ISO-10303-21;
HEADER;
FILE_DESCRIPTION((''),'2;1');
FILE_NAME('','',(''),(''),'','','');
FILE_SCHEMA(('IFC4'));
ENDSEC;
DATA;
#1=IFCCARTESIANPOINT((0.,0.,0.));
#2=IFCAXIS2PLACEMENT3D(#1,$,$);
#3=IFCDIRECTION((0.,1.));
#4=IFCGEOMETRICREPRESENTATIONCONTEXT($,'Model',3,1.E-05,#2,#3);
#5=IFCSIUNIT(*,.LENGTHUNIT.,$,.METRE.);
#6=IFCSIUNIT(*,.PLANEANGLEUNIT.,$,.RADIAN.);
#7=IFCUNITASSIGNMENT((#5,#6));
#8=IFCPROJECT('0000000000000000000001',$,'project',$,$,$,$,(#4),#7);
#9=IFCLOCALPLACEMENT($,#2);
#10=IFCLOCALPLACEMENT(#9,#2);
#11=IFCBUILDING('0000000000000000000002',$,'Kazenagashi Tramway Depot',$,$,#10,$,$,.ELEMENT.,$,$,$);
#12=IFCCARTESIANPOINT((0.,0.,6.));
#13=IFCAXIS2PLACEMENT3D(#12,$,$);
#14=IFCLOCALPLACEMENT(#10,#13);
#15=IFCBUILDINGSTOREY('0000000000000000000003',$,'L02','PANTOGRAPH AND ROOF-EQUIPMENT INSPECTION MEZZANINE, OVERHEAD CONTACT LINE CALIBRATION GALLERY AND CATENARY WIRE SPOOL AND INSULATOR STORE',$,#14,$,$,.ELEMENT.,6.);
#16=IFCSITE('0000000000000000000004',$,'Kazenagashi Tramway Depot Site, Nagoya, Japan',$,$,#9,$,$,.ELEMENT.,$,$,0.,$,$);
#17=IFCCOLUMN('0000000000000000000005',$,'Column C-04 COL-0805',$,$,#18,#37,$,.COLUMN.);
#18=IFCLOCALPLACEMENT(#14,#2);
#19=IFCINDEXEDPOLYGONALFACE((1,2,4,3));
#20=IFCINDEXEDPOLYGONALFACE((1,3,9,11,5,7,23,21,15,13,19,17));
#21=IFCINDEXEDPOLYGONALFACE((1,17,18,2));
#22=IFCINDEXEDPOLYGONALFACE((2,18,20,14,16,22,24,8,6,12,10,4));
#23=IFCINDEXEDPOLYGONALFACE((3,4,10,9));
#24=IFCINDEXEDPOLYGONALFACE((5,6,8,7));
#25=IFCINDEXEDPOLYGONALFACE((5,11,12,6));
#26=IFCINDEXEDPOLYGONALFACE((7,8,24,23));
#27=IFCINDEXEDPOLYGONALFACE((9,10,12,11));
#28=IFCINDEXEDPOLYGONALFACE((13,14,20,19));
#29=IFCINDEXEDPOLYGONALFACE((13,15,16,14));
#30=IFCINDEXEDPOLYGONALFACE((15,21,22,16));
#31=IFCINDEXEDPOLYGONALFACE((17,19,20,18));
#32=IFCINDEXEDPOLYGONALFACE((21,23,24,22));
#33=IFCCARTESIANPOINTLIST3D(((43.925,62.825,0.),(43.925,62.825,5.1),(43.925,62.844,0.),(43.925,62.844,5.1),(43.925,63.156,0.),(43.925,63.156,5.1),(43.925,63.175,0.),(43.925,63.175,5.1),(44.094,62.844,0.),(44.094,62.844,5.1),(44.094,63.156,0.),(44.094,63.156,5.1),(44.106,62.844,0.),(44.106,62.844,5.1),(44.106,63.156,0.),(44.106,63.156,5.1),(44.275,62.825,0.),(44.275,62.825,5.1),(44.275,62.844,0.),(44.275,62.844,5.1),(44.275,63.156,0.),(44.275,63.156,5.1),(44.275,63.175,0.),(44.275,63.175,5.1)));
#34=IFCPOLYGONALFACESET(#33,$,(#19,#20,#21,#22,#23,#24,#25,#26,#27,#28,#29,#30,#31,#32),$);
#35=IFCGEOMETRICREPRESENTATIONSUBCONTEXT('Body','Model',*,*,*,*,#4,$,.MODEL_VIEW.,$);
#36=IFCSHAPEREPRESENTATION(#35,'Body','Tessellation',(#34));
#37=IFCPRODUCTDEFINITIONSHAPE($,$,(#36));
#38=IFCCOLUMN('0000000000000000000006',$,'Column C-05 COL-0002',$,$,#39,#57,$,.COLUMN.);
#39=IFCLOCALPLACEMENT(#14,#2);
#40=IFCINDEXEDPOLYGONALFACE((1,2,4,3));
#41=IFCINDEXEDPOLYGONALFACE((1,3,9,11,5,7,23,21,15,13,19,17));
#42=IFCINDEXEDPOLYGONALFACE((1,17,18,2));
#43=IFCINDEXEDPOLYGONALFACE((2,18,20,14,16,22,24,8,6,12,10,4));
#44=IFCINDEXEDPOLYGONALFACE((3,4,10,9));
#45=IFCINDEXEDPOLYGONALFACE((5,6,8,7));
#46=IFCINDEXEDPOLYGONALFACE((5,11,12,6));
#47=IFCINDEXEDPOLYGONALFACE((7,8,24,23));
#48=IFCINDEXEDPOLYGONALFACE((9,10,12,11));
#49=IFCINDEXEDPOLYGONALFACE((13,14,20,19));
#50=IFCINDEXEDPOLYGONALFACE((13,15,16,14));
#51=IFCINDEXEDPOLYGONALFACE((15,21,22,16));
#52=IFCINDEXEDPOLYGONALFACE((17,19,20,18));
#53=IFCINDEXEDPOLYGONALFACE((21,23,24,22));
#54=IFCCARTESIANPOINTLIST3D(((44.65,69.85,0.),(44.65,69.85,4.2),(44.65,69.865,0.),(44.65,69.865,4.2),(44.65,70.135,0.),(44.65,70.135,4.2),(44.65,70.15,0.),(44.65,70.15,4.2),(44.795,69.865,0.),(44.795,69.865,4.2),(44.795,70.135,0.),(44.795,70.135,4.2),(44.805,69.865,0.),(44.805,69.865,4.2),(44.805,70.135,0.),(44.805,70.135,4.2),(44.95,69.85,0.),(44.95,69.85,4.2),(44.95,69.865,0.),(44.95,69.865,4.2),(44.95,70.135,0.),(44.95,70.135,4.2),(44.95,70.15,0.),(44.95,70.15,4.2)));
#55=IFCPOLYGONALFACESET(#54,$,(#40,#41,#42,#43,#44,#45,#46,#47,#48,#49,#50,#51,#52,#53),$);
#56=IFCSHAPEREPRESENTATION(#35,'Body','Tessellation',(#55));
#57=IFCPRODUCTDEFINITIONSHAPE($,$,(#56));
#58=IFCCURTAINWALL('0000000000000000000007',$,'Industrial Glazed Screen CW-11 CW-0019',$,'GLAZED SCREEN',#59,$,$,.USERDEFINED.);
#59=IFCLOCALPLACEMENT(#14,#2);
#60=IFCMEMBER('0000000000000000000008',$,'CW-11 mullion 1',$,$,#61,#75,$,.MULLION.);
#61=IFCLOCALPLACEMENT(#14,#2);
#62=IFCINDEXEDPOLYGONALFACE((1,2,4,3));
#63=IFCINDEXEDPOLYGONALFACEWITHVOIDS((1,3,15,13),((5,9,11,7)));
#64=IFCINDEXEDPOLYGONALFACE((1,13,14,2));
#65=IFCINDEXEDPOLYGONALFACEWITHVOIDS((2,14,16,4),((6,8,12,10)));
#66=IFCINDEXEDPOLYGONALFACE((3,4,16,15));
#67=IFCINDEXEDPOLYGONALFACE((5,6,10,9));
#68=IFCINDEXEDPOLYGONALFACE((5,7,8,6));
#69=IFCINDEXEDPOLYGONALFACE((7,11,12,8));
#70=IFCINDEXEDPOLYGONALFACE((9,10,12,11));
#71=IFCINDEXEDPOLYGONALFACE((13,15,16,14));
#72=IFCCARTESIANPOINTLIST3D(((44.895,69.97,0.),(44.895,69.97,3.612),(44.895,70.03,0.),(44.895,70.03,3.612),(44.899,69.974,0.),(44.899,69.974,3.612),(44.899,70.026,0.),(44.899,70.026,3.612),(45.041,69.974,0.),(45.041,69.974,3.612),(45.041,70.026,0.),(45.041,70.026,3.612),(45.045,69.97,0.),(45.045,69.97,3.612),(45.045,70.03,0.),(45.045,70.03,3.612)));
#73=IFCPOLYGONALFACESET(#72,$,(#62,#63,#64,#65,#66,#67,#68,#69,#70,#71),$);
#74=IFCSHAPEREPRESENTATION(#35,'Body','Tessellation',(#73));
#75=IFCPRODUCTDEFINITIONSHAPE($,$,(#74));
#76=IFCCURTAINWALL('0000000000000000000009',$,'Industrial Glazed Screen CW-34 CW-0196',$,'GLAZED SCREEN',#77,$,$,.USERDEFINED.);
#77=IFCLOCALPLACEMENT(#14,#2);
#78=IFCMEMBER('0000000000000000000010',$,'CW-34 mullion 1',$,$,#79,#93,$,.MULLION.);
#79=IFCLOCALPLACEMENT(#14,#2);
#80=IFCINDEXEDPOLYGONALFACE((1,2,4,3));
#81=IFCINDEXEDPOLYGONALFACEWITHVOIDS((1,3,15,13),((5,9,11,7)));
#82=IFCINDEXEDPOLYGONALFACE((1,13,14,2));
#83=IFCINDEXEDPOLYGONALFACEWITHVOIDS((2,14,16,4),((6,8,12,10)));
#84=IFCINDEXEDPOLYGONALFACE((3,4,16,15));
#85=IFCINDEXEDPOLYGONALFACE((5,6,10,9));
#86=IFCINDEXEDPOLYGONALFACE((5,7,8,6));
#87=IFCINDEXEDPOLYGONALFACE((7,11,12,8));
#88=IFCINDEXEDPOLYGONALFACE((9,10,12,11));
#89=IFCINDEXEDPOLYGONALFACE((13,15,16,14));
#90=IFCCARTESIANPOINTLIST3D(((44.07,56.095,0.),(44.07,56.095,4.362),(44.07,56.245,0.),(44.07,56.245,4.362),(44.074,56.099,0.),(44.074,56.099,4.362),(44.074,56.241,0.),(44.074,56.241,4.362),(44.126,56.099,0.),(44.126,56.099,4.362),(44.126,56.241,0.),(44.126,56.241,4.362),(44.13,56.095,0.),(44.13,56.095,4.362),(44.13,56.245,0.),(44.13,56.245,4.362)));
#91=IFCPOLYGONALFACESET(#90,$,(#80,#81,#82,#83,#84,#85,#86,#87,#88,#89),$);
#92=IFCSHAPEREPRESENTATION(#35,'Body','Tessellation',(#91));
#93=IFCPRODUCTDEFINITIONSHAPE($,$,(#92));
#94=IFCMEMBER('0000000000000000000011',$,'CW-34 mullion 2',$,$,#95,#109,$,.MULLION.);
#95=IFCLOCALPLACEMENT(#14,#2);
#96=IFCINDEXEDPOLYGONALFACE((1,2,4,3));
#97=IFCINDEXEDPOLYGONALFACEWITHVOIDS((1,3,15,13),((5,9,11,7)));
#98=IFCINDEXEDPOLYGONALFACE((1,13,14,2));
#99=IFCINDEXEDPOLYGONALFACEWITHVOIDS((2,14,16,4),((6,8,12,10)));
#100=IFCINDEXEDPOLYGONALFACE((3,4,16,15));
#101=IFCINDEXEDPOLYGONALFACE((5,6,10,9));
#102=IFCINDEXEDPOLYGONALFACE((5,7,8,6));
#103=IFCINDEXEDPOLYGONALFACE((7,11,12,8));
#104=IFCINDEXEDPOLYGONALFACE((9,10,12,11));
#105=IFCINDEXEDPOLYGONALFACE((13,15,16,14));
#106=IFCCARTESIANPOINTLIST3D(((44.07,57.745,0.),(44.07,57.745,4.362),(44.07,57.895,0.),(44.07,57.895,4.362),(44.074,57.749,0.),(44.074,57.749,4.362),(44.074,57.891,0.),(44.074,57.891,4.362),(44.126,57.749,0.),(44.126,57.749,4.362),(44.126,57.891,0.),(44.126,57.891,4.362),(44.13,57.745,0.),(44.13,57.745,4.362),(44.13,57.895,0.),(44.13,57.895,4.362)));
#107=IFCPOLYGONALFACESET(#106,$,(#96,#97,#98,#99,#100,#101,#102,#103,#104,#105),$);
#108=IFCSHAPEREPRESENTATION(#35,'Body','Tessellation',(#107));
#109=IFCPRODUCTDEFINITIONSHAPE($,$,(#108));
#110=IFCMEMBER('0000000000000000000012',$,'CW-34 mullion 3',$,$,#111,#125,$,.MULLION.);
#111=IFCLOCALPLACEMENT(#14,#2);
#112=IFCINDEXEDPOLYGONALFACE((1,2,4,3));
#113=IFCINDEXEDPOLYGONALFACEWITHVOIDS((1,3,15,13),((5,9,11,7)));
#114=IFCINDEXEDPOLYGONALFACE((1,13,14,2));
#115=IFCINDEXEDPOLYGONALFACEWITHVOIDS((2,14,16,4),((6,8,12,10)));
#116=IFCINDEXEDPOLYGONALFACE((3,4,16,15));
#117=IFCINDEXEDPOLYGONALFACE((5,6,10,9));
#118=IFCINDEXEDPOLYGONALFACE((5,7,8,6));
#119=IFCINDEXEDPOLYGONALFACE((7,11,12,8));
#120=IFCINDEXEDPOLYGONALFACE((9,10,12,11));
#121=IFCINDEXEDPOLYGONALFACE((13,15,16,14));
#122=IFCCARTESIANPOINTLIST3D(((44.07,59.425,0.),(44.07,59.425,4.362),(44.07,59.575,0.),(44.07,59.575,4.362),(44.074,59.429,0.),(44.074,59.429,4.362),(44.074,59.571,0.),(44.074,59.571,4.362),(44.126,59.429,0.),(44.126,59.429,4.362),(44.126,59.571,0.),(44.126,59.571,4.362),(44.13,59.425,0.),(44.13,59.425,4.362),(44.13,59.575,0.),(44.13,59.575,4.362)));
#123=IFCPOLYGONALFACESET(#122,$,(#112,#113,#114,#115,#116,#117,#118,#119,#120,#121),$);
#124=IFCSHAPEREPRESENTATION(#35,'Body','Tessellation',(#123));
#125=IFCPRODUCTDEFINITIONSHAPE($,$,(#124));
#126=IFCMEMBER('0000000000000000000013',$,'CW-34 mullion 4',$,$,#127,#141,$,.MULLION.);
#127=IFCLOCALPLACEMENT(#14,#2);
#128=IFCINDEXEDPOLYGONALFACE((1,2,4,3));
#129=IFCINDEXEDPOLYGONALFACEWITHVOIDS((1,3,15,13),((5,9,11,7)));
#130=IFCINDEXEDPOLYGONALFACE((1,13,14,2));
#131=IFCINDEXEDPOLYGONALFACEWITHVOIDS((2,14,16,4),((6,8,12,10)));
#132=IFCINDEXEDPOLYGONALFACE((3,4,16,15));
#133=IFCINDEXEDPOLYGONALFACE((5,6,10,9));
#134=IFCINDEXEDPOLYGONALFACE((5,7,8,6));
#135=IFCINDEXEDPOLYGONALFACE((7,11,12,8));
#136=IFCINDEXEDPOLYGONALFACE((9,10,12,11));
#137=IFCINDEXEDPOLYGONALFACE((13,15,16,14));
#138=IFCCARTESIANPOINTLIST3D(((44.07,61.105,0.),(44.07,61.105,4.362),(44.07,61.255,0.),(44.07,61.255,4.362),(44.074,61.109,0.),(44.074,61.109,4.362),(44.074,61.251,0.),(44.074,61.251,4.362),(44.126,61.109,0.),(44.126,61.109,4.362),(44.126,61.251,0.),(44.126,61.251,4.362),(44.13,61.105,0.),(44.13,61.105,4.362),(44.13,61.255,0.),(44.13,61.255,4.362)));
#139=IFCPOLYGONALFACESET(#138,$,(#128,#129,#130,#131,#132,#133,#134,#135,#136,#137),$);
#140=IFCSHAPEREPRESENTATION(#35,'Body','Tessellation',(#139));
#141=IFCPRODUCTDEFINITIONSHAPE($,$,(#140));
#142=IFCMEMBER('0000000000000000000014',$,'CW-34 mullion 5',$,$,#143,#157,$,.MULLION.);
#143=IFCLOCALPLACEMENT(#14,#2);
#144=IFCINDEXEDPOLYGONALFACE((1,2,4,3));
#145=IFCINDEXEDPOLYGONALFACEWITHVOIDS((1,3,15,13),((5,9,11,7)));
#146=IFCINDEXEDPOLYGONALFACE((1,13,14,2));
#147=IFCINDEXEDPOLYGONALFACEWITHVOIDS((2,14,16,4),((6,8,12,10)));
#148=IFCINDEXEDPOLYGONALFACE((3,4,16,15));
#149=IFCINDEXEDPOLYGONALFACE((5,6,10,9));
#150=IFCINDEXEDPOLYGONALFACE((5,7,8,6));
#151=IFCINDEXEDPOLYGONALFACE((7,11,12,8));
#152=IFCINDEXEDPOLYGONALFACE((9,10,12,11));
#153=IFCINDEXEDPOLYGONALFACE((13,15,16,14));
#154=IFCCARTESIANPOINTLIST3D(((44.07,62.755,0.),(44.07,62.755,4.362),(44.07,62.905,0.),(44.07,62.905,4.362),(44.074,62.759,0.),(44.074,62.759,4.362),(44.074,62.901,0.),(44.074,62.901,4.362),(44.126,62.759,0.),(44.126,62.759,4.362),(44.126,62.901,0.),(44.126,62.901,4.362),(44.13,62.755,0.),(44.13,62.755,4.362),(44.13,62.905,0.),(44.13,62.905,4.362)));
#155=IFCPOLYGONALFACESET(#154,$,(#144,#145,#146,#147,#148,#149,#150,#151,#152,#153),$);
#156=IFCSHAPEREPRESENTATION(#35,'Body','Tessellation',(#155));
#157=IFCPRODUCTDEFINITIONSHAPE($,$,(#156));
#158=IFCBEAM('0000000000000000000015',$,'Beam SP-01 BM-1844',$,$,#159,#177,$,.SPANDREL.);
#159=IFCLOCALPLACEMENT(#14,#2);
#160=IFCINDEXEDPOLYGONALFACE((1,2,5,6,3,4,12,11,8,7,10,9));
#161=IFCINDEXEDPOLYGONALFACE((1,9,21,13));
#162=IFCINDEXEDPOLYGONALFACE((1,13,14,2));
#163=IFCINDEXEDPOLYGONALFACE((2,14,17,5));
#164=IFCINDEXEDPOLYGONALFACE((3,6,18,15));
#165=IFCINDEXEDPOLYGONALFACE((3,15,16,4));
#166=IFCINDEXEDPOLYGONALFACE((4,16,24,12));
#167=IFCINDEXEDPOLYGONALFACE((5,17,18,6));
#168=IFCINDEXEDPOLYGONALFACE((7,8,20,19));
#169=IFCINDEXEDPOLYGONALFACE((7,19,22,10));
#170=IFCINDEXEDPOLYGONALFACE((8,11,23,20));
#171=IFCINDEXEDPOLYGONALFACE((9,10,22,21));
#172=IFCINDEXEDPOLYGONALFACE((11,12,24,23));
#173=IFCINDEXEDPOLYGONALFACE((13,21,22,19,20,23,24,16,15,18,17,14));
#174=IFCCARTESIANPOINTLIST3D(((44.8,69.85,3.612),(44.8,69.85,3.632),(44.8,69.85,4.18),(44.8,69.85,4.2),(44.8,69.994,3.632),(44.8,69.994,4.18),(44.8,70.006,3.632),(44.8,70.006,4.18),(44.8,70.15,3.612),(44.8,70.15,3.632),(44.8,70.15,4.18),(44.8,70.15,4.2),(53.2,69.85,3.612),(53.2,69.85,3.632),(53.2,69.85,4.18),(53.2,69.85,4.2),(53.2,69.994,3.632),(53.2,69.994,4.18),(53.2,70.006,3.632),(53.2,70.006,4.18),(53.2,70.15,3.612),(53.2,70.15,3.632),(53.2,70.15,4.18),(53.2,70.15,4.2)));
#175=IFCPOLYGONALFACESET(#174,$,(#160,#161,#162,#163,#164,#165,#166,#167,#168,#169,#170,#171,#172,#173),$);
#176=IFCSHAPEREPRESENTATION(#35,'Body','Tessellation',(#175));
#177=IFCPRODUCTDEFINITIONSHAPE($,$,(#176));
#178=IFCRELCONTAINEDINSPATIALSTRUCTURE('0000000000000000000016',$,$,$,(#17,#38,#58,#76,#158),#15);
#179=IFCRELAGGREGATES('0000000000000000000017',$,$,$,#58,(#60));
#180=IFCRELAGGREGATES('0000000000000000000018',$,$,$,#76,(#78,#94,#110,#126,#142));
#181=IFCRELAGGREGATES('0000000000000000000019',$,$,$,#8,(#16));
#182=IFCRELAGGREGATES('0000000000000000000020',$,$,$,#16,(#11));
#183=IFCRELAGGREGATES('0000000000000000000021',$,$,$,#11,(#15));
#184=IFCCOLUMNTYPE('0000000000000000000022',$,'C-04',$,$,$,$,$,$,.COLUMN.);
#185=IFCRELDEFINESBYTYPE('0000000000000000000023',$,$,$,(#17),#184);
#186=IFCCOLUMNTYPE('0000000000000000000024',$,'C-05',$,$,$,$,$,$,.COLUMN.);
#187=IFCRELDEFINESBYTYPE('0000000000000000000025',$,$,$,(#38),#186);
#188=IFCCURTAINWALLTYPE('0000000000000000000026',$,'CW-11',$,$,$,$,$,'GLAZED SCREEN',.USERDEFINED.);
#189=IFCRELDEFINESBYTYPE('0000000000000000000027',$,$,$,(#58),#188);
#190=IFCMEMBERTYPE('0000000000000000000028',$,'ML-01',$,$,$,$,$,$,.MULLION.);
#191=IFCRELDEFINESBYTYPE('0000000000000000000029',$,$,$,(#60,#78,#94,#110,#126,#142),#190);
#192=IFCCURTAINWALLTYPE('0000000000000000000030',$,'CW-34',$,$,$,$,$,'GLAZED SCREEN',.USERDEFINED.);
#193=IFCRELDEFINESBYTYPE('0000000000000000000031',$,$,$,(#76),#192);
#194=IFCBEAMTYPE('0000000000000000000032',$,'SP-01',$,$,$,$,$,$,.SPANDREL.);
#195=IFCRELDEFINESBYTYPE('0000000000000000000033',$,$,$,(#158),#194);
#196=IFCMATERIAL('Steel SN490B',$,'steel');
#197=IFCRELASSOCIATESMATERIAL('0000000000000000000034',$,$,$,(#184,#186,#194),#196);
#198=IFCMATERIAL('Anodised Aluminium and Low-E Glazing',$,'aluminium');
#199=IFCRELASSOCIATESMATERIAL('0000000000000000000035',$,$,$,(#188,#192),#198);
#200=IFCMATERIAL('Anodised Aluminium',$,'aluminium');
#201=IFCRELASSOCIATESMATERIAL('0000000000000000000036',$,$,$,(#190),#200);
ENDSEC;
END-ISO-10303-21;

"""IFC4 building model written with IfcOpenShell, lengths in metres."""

from ifc_helpers import new_model, si_unit, direction, frame, origin, origin_2d, place, context, subcontext, project, spatial, hollow_rectangle, i_section, extrude, material, material_profile, profile_set, type_object, element, aggregate, save


model = new_model("IFC4")

# Units and contexts
model_context = context("Model", 3, precision=1e-05, world=origin(), true_north=direction((0.0, 1.0)))
body_context = subcontext(model_context, "Body", "Model", "MODEL_VIEW")
ifc_project = project(units=[si_unit("LENGTHUNIT", "METRE"), si_unit("PLANEANGLEUNIT", "RADIAN")], contexts=[model_context])

# Site, building, storey
site_placement = place(None, origin())
site = spatial("IfcSite", under=ifc_project, at=site_placement, Name="Kazenagashi Tramway Depot Site, Nagoya, Japan", CompositionType="ELEMENT", RefElevation=0.0)
building_placement = place(site_placement, origin())
building = spatial("IfcBuilding", under=site, at=building_placement, Name="Kazenagashi Tramway Depot", CompositionType="ELEMENT")
storey_placement = place(building_placement, frame((0.0, 0.0, 6.0)))
storey = spatial("IfcBuildingStorey", under=building, at=storey_placement, Name="L02", Description="PANTOGRAPH AND ROOF-EQUIPMENT INSPECTION MEZZANINE, OVERHEAD CONTACT LINE CALIBRATION GALLERY AND CATENARY WIRE SPOOL AND INSULATOR STORE", CompositionType="ELEMENT", Elevation=6.0)

# Columns
ifc_material_1 = material(Name="Steel SN490B", Category="steel")
ifc_material_profile_1 = material_profile(ifc_material_1, i_section(OverallWidth=0.35, OverallDepth=0.35, WebThickness=0.012, FlangeThickness=0.019, at=origin_2d()), Name="H-350x350x12x19")
ifc_profile_set_1 = profile_set([ifc_material_profile_1], Name="Steel SN490B")
column_type_1 = type_object("IfcColumnType", Name="C-04", PredefinedType="COLUMN", material=ifc_profile_set_1)
column_1_placement = place(storey_placement, frame((44.1, 63.0, 0.0), z_axis=(0.0, 0.0, 1.0), x_axis=(1.0, 0.0, 0.0)))
element("IfcColumn", 1, at=column_1_placement, inside=storey, type_object=column_type_1, Name="Column C-04 COL-0805", PredefinedType="COLUMN", context=body_context, shape_type="SweptSolid", body=[
    extrude(i_section(OverallWidth=0.35, OverallDepth=0.35, WebThickness=0.012, FlangeThickness=0.019, at=origin_2d()), origin(), (0.0, 0.0, 1.0), 5.1),
])
ifc_material_profile_2 = material_profile(ifc_material_1, i_section(OverallWidth=0.3, OverallDepth=0.3, WebThickness=0.01, FlangeThickness=0.015, at=origin_2d()), Name="H-300x300x10x15")
ifc_profile_set_2 = profile_set([ifc_material_profile_2], Name="Steel SN490B")
column_type_2 = type_object("IfcColumnType", Name="C-05", PredefinedType="COLUMN", material=ifc_profile_set_2)
column_2_placement = place(storey_placement, frame((44.8, 70.0, 0.0), z_axis=(0.0, 0.0, 1.0), x_axis=(1.0, 0.0, 0.0)))
element("IfcColumn", 2, at=column_2_placement, inside=storey, type_object=column_type_2, Name="Column C-05 COL-0002", PredefinedType="COLUMN", context=body_context, shape_type="SweptSolid", body=[
    extrude(i_section(OverallWidth=0.3, OverallDepth=0.3, WebThickness=0.01, FlangeThickness=0.015, at=origin_2d()), origin(), (0.0, 0.0, 1.0), 4.2),
])

# Curtain wall, member
ifc_material_2 = material(Name="Anodised Aluminium and Low-E Glazing", Category="aluminium")
curtain_wall_type_1 = type_object("IfcCurtainWallType", Name="CW-11", ElementType="GLAZED SCREEN", PredefinedType="USERDEFINED", material=ifc_material_2)
curtain_wall_1_placement = place(storey_placement, origin())
curtain_wall_1 = element("IfcCurtainWall", 3, at=curtain_wall_1_placement, inside=storey, type_object=curtain_wall_type_1, Name="Industrial Glazed Screen CW-11 CW-0019", ObjectType="GLAZED SCREEN", PredefinedType="USERDEFINED")
ifc_material_3 = material(Name="Anodised Aluminium", Category="aluminium")
ifc_material_profile_3 = material_profile(ifc_material_3, hollow_rectangle(XDim=0.06, YDim=0.15, WallThickness=0.004, at=origin_2d()), Name="RHS-150x60x4")
ifc_profile_set_3 = profile_set([ifc_material_profile_3], Name="Anodised Aluminium")
member_type_1 = type_object("IfcMemberType", Name="ML-01", PredefinedType="MULLION", material=ifc_profile_set_3)
member_1_placement = place(storey_placement, frame((44.97, 70.0, 0.0), z_axis=(0.0, 0.0, 1.0), x_axis=(0.0, 1.0, 0.0)))
member_1 = element("IfcMember", 4, at=member_1_placement, type_object=member_type_1, Name="CW-11 mullion 1", PredefinedType="MULLION", context=body_context, shape_type="SweptSolid", body=[
    extrude(hollow_rectangle(XDim=0.06, YDim=0.15, WallThickness=0.004, at=origin_2d()), origin(), (0.0, 0.0, 1.0), 3.612),
])

# Curtain wall, members
curtain_wall_type_2 = type_object("IfcCurtainWallType", Name="CW-34", ElementType="GLAZED SCREEN", PredefinedType="USERDEFINED", material=ifc_material_2)
curtain_wall_2_placement = place(storey_placement, origin())
curtain_wall_2 = element("IfcCurtainWall", 5, at=curtain_wall_2_placement, inside=storey, type_object=curtain_wall_type_2, Name="Industrial Glazed Screen CW-34 CW-0196", ObjectType="GLAZED SCREEN", PredefinedType="USERDEFINED")
member_2_placement = place(storey_placement, frame((44.1, 56.17, 0.0), z_axis=(0.0, 0.0, 1.0), x_axis=(-1.0, 0.0, 0.0)))
member_2 = element("IfcMember", 6, at=member_2_placement, type_object=member_type_1, Name="CW-34 mullion 1", PredefinedType="MULLION", context=body_context, shape_type="SweptSolid", body=[
    extrude(hollow_rectangle(XDim=0.06, YDim=0.15, WallThickness=0.004, at=origin_2d()), origin(), (0.0, 0.0, 1.0), 4.362),
])
member_3_placement = place(storey_placement, frame((44.1, 57.82, 0.0), z_axis=(0.0, 0.0, 1.0), x_axis=(-1.0, 0.0, 0.0)))
member_3 = element("IfcMember", 7, at=member_3_placement, type_object=member_type_1, Name="CW-34 mullion 2", PredefinedType="MULLION", context=body_context, shape_type="SweptSolid", body=[
    extrude(hollow_rectangle(XDim=0.06, YDim=0.15, WallThickness=0.004, at=origin_2d()), origin(), (0.0, 0.0, 1.0), 4.362),
])
member_4_placement = place(storey_placement, frame((44.1, 59.5, 0.0), z_axis=(0.0, 0.0, 1.0), x_axis=(-1.0, 0.0, 0.0)))
member_4 = element("IfcMember", 8, at=member_4_placement, type_object=member_type_1, Name="CW-34 mullion 3", PredefinedType="MULLION", context=body_context, shape_type="SweptSolid", body=[
    extrude(hollow_rectangle(XDim=0.06, YDim=0.15, WallThickness=0.004, at=origin_2d()), origin(), (0.0, 0.0, 1.0), 4.362),
])
member_5_placement = place(storey_placement, frame((44.1, 61.18, 0.0), z_axis=(0.0, 0.0, 1.0), x_axis=(-1.0, 0.0, 0.0)))
member_5 = element("IfcMember", 9, at=member_5_placement, type_object=member_type_1, Name="CW-34 mullion 4", PredefinedType="MULLION", context=body_context, shape_type="SweptSolid", body=[
    extrude(hollow_rectangle(XDim=0.06, YDim=0.15, WallThickness=0.004, at=origin_2d()), origin(), (0.0, 0.0, 1.0), 4.362),
])
member_6_placement = place(storey_placement, frame((44.1, 62.83, 0.0), z_axis=(0.0, 0.0, 1.0), x_axis=(-1.0, 0.0, 0.0)))
member_6 = element("IfcMember", 10, at=member_6_placement, type_object=member_type_1, Name="CW-34 mullion 5", PredefinedType="MULLION", context=body_context, shape_type="SweptSolid", body=[
    extrude(hollow_rectangle(XDim=0.06, YDim=0.15, WallThickness=0.004, at=origin_2d()), origin(), (0.0, 0.0, 1.0), 4.362),
])

# Beam
ifc_material_profile_4 = material_profile(ifc_material_1, i_section(OverallWidth=0.3, OverallDepth=0.588, WebThickness=0.012, FlangeThickness=0.02, at=origin_2d()), Name="H-588x300x12x20")
ifc_profile_set_4 = profile_set([ifc_material_profile_4], Name="Steel SN490B")
beam_type_1 = type_object("IfcBeamType", Name="SP-01", PredefinedType="SPANDREL", material=ifc_profile_set_4)
beam_1_placement = place(storey_placement, frame((44.8, 70.0, 3.906), z_axis=(1.0, 0.0, 0.0), x_axis=(0.0, 1.0, 0.0)))
element("IfcBeam", 11, at=beam_1_placement, inside=storey, type_object=beam_type_1, Name="Beam SP-01 BM-1844", PredefinedType="SPANDREL", context=body_context, shape_type="SweptSolid", body=[
    extrude(i_section(OverallWidth=0.3, OverallDepth=0.588, WebThickness=0.012, FlangeThickness=0.02, at=origin_2d()), origin(), (0.0, 0.0, 1.0), 8.4),
])

aggregate(curtain_wall_1, [member_1])

aggregate(curtain_wall_2, [member_2, member_3, member_4, member_5, member_6])

save(model, "model.ifc")
